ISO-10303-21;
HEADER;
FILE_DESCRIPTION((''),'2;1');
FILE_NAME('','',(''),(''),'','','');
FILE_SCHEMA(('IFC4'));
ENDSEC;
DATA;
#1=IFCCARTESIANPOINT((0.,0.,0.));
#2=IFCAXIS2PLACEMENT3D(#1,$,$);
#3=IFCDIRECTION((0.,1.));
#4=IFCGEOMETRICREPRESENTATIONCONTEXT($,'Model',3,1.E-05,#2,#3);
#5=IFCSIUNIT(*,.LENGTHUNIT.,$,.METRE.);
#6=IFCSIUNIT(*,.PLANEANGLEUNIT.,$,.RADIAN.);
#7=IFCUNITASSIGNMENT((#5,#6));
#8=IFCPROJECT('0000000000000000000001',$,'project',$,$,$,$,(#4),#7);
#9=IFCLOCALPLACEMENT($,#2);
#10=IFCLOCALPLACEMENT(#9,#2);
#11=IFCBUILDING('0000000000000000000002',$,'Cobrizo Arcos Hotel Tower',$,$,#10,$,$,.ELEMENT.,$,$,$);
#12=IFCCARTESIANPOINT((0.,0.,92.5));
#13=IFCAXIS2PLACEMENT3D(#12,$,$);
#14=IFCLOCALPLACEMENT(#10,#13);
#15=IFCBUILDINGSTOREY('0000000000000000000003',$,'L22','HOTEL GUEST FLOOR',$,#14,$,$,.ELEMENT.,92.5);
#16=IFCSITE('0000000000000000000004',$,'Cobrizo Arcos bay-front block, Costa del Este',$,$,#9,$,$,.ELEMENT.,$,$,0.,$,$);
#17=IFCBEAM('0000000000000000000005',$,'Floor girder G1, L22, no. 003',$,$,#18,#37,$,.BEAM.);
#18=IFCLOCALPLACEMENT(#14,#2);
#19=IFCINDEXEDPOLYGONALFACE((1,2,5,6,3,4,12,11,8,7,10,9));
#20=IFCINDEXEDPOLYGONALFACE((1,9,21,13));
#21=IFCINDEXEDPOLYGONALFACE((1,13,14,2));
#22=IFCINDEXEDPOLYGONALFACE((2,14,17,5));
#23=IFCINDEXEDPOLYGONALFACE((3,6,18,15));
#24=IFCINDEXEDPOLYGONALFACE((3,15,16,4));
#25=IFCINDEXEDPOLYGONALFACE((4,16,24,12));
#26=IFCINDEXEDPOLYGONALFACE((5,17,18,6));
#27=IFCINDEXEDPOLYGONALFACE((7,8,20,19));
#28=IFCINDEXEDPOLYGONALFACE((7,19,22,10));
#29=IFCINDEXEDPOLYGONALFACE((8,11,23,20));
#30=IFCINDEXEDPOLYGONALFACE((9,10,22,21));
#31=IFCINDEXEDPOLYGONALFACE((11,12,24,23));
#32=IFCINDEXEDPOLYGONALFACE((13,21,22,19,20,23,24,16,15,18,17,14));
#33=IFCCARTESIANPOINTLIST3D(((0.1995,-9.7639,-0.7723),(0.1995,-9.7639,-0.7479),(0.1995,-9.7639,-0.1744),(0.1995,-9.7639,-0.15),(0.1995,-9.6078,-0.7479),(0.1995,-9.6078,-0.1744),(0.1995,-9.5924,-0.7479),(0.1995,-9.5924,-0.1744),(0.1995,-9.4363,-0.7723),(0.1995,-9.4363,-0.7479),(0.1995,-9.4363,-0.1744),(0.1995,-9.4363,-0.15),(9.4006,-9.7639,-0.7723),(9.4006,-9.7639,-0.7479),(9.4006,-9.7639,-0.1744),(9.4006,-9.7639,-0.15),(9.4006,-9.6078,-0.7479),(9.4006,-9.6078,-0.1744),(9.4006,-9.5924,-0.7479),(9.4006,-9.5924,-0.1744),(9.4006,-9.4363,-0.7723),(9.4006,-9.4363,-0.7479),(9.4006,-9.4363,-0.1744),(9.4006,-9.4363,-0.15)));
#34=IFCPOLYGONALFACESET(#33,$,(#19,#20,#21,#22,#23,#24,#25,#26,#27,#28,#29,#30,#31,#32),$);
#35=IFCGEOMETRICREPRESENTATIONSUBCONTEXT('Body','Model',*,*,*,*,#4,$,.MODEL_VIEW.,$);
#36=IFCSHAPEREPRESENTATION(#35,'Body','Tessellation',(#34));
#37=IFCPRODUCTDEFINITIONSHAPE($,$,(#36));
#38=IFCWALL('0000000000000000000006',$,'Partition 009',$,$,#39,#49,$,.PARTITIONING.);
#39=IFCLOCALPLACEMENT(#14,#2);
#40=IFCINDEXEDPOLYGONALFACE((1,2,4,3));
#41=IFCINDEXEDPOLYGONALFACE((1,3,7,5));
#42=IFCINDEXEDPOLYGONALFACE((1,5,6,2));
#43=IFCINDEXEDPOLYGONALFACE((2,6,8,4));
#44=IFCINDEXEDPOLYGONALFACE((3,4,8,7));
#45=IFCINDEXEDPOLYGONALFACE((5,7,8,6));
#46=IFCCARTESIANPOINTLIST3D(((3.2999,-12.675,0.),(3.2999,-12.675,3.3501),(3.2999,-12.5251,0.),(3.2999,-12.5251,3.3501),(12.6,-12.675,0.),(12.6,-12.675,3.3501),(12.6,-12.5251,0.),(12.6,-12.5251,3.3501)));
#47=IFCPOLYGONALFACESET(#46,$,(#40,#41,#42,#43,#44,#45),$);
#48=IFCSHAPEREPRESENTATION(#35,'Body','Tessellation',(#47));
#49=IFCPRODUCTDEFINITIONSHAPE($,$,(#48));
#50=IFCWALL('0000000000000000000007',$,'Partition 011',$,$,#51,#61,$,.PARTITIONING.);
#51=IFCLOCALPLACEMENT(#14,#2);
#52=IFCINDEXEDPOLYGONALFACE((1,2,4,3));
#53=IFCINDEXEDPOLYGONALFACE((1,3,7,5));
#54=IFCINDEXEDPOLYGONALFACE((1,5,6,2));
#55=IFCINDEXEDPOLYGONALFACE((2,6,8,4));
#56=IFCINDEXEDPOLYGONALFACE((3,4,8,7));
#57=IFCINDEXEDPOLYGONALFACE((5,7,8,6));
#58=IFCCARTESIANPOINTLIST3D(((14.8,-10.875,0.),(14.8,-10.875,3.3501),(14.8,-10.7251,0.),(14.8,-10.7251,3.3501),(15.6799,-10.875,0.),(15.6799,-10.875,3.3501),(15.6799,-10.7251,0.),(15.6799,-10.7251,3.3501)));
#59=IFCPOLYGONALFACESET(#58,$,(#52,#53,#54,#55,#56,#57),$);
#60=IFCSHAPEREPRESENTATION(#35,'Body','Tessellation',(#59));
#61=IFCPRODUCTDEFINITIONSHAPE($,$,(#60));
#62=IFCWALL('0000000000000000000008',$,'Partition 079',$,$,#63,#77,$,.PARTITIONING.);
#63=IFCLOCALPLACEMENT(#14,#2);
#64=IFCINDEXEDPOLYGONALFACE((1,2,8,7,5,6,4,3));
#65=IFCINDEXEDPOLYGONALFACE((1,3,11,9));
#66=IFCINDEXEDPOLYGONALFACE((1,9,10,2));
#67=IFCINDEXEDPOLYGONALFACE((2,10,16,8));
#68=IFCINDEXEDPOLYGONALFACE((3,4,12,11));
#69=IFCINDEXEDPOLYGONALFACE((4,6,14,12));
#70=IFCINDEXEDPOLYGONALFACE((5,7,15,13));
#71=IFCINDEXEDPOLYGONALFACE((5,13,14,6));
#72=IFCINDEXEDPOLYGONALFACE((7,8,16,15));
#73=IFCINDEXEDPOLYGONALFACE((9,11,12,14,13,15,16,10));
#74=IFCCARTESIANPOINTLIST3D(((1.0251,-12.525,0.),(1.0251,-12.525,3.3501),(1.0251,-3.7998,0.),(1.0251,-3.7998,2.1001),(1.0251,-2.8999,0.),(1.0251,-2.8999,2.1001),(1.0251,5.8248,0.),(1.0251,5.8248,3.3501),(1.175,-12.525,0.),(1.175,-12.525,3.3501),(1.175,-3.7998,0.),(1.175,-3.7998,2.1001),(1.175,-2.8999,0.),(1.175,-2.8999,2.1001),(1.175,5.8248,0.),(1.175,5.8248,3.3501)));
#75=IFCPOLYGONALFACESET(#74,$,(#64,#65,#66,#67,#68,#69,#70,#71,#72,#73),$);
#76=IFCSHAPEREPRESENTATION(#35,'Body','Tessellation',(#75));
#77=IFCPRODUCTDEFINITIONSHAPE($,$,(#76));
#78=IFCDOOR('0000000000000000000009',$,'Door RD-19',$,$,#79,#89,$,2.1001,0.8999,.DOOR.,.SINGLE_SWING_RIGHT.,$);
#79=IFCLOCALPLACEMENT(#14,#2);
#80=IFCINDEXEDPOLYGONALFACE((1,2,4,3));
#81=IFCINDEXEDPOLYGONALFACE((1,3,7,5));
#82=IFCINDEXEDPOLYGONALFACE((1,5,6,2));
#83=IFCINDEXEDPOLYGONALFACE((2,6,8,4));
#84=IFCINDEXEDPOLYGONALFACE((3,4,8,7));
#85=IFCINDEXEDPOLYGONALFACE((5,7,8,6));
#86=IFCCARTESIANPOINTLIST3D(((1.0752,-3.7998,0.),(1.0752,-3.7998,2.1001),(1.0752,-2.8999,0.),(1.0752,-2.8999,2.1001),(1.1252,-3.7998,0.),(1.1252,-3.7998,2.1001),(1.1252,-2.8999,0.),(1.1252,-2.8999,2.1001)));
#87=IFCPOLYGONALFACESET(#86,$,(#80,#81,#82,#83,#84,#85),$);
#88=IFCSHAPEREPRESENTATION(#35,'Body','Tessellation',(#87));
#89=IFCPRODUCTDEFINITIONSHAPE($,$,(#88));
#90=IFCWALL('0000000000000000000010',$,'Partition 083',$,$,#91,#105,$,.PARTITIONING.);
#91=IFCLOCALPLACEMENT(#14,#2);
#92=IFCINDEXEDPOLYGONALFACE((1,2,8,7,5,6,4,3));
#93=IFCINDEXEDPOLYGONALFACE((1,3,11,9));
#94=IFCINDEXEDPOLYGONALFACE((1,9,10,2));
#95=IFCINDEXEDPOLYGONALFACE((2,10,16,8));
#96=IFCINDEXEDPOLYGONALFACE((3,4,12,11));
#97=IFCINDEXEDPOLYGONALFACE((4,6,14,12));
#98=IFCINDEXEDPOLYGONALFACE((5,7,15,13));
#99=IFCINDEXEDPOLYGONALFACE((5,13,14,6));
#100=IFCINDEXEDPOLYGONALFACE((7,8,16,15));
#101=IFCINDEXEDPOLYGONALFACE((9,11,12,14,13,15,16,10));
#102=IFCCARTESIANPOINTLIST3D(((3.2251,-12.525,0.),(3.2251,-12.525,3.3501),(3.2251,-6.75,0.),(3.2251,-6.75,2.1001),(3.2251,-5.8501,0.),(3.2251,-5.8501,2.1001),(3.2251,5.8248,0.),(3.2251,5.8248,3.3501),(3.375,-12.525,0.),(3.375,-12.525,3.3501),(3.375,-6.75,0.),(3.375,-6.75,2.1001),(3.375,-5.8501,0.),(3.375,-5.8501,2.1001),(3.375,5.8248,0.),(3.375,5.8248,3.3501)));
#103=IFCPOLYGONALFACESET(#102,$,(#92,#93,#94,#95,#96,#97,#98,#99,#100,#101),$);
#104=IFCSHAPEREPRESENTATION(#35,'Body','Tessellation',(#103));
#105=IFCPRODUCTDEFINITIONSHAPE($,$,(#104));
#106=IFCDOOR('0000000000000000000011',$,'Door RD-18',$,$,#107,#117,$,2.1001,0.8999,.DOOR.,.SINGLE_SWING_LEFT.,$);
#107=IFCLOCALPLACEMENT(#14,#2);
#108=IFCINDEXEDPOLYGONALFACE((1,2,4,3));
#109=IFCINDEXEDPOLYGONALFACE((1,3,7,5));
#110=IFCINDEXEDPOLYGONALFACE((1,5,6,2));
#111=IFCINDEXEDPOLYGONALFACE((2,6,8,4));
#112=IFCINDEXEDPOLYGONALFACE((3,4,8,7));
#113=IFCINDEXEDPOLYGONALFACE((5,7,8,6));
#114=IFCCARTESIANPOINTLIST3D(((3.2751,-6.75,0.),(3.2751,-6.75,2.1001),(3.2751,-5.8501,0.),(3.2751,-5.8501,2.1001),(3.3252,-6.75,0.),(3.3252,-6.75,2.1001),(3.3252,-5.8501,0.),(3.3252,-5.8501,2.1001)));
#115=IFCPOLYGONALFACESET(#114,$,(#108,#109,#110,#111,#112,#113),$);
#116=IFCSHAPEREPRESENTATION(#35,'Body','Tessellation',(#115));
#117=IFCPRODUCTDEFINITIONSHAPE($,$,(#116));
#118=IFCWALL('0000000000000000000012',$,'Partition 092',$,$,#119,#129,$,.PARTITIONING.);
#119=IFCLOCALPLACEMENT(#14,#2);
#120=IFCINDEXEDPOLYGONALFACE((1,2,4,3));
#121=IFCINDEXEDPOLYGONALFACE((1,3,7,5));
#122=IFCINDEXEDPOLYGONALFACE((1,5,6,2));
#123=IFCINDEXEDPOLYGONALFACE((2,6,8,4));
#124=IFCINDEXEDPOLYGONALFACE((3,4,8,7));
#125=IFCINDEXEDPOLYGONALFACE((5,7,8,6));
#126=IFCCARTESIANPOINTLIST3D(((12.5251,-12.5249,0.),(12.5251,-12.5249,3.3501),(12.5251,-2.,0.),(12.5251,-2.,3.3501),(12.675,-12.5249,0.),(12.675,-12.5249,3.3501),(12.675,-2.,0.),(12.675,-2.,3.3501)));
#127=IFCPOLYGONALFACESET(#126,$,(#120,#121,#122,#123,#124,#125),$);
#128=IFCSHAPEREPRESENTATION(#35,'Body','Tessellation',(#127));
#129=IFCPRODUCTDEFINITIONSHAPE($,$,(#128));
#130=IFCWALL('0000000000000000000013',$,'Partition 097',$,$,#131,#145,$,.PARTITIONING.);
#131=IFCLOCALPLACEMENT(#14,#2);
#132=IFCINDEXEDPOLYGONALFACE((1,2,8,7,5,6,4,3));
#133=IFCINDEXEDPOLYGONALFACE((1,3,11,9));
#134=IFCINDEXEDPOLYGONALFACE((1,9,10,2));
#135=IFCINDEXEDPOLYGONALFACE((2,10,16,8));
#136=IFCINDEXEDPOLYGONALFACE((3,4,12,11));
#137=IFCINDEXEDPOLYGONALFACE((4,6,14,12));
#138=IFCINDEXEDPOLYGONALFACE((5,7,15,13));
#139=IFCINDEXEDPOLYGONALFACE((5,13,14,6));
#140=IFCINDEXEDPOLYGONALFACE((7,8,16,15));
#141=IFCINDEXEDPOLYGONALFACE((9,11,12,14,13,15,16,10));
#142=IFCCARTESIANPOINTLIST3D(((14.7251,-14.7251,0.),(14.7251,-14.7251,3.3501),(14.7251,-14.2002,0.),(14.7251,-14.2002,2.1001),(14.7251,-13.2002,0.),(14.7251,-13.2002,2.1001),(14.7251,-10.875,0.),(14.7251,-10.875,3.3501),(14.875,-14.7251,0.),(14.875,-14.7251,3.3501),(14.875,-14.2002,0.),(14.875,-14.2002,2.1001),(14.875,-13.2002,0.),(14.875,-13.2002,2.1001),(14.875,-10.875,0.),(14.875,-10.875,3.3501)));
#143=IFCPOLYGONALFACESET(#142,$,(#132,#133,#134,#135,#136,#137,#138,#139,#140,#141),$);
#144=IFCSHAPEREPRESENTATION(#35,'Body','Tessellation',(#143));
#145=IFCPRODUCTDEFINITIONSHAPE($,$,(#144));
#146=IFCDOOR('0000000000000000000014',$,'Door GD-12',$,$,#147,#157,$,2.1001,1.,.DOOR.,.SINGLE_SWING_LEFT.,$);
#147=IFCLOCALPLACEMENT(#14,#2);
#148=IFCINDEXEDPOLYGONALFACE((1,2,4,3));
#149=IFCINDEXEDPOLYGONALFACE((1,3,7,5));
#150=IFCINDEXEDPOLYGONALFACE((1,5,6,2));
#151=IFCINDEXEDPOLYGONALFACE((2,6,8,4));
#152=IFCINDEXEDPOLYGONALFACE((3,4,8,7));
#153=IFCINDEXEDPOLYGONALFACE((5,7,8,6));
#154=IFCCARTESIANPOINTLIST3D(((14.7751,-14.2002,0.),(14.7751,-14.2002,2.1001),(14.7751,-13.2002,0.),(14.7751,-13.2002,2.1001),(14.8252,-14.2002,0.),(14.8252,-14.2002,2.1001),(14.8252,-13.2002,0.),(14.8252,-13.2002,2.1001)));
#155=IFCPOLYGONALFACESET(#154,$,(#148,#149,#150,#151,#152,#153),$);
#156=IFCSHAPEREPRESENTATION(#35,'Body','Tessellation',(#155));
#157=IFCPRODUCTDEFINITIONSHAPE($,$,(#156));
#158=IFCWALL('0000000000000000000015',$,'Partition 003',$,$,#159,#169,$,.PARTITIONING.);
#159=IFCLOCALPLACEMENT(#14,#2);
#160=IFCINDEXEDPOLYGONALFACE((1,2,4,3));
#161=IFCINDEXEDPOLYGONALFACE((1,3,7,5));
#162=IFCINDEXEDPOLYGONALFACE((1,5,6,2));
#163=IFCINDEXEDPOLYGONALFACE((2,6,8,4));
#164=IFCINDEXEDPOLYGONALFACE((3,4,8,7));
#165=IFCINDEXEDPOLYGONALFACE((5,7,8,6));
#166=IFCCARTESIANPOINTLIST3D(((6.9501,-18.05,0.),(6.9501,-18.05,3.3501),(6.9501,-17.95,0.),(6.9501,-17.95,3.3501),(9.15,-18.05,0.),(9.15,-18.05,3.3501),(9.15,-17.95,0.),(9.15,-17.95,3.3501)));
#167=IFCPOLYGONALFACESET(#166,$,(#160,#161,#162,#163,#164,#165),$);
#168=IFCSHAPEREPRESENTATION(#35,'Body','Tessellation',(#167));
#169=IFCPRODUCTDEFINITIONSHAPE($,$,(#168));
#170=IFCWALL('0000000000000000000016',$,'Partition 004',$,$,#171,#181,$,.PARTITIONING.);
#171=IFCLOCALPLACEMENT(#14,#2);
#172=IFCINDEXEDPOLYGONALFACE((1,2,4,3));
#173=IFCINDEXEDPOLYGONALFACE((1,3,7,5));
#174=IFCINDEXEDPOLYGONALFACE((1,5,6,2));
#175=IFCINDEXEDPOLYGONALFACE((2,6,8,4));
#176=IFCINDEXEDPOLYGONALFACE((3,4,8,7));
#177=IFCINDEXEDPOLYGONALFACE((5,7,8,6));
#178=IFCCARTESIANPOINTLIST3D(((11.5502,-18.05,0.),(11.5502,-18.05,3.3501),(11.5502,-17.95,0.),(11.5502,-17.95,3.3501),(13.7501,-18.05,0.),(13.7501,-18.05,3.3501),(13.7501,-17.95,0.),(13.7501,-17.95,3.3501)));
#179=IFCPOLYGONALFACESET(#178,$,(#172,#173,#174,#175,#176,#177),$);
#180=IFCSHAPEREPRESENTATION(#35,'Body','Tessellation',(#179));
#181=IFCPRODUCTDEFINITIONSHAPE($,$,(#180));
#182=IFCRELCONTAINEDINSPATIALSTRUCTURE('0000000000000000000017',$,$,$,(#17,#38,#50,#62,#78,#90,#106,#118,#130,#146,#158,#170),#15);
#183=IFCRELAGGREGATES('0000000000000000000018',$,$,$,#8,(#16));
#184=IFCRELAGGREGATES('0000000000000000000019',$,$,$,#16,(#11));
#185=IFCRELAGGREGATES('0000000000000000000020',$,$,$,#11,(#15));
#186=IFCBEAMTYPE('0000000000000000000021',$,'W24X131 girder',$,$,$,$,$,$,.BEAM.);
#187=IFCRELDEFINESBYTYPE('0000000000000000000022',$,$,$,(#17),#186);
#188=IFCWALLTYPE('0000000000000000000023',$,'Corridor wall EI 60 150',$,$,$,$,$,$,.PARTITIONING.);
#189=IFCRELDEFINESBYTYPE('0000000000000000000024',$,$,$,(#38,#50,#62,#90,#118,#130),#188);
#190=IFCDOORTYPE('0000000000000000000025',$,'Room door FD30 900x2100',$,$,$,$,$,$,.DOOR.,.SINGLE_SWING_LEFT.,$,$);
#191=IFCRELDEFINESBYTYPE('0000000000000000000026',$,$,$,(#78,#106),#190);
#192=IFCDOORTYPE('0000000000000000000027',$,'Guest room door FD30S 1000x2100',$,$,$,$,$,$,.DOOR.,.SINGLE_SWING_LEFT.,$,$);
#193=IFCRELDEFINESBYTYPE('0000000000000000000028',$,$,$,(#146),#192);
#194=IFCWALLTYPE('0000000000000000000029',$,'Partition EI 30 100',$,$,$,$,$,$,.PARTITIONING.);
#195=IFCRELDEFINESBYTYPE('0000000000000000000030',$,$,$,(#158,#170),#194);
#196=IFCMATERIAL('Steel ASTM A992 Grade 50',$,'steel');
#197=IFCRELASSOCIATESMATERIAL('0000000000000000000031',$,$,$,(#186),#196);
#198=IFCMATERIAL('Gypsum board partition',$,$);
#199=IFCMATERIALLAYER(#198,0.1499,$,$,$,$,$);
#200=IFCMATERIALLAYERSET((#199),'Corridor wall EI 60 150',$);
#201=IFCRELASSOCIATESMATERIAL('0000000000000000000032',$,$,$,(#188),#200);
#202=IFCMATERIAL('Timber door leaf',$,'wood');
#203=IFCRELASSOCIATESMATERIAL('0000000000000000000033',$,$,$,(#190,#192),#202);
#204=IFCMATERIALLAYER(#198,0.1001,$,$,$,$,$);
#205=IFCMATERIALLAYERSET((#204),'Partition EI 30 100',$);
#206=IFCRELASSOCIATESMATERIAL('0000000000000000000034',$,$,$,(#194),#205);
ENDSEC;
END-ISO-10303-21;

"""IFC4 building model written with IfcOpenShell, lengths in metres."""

from ifc_helpers import new_model, si_unit, direction, frame, frame_2d, origin, origin_2d, place, context, subcontext, project, spatial, rectangle, i_section, extrude, material, layer, layer_set, material_profile, profile_set, type_object, element, fill, save


model = new_model("IFC4")

# Units and contexts
model_context = context("Model", 3, precision=1e-05, world=origin(), true_north=direction((0.0, 1.0)))
body_context = subcontext(model_context, "Body", "Model", "MODEL_VIEW")
ifc_project = project(units=[si_unit("LENGTHUNIT", "METRE"), si_unit("PLANEANGLEUNIT", "RADIAN")], contexts=[model_context])

# Site, building, storey
site_placement = place(None, origin())
site = spatial("IfcSite", under=ifc_project, at=site_placement, Name="Cobrizo Arcos bay-front block, Costa del Este", CompositionType="ELEMENT", RefElevation=0.0)
building_placement = place(site_placement, origin())
building = spatial("IfcBuilding", under=site, at=building_placement, Name="Cobrizo Arcos Hotel Tower", CompositionType="ELEMENT")
storey_placement = place(building_placement, frame((0.0, 0.0, 92.5)))
storey = spatial("IfcBuildingStorey", under=building, at=storey_placement, Name="L22", Description="HOTEL GUEST FLOOR", CompositionType="ELEMENT", Elevation=92.5)

# Beam
ifc_material_1 = material(Name="Steel ASTM A992 Grade 50", Category="steel")
ifc_material_profile = material_profile(ifc_material_1, i_section(OverallWidth=0.3276, OverallDepth=0.6223, WebThickness=0.0154, FlangeThickness=0.0244, at=origin_2d()), Name="W24X131")
ifc_profile_set = profile_set([ifc_material_profile], Name="Steel ASTM A992 Grade 50")
beam_type = type_object("IfcBeamType", Name="W24X131 girder", PredefinedType="BEAM", material=ifc_profile_set)
beam_placement = place(storey_placement, frame((0.1995, -9.6001, -0.4612), z_axis=(1.0, 0.0, 0.0), x_axis=(0.0, 1.0, 0.0)))
element("IfcBeam", 1, at=beam_placement, inside=storey, type_object=beam_type, Name="Floor girder G1, L22, no. 003", PredefinedType="BEAM", context=body_context, shape_type="SweptSolid", body=[
    extrude(i_section(OverallWidth=0.3276, OverallDepth=0.6223, WebThickness=0.0154, FlangeThickness=0.0244, at=origin_2d()), origin(), (0.0, 0.0, 1.0), 9.2012),
])

# Walls
ifc_material_2 = material(Name="Gypsum board partition")
ifc_layer_1 = layer(ifc_material_2, 0.1499)
ifc_layer_set_1 = layer_set([ifc_layer_1], Name="Corridor wall EI 60 150")
wall_type_1 = type_object("IfcWallType", Name="Corridor wall EI 60 150", PredefinedType="PARTITIONING", material=ifc_layer_set_1)
wall_1_placement = place(storey_placement, frame((3.3, -12.6001, 0.0), z_axis=(0.0, 0.0, 1.0), x_axis=(1.0, 0.0, 0.0)))
element("IfcWall", 2, at=wall_1_placement, inside=storey, type_object=wall_type_1, Name="Partition 009", PredefinedType="PARTITIONING", context=body_context, shape_type="SweptSolid", body=[
    extrude(rectangle(XDim=9.3, YDim=0.1499, at=frame_2d((4.6499, 0.0))), origin(), (0.0, 0.0, 1.0), 3.3501),
])
wall_2_placement = place(storey_placement, frame((14.8, -10.8, 0.0), z_axis=(0.0, 0.0, 1.0), x_axis=(1.0, 0.0, 0.0)))
element("IfcWall", 3, at=wall_2_placement, inside=storey, type_object=wall_type_1, Name="Partition 011", PredefinedType="PARTITIONING", context=body_context, shape_type="SweptSolid", body=[
    extrude(rectangle(XDim=0.8799, YDim=0.1499, at=frame_2d((0.4399, 0.0))), origin(), (0.0, 0.0, 1.0), 3.3501),
])

# Walls, openings, doors
wall_3_placement = place(storey_placement, frame((1.1001, -12.5249, 0.0), z_axis=(0.0, 0.0, 1.0), x_axis=(0.0, 1.0, 0.0)))
wall_3 = element("IfcWall", 4, at=wall_3_placement, inside=storey, type_object=wall_type_1, Name="Partition 079", PredefinedType="PARTITIONING", context=body_context, shape_type="SweptSolid", body=[
    extrude(rectangle(XDim=18.3499, YDim=0.1499, at=frame_2d((9.1748, 0.0))), origin(), (0.0, 0.0, 1.0), 3.3501),
])
opening_1_placement = place(wall_3_placement, frame((8.7251, 0.0, 0.0)))
opening_1 = element("IfcOpeningElement", 5, at=opening_1_placement, cuts=wall_3, PredefinedType="OPENING", context=body_context, shape_type="SweptSolid", body=[
    extrude(rectangle(XDim=0.8999, YDim=2.1001, at=frame_2d((0.45, 1.05))), frame((0.0, 0.0869, 0.0), z_axis=(0.0, -1.0, 0.0), x_axis=(1.0, 0.0, 0.0)), (0.0, 0.0, 1.0), 0.1738),
])
ifc_material_3 = material(Name="Timber door leaf", Category="wood")
door_type_1 = type_object("IfcDoorType", Name="Room door FD30 900x2100", OperationType="SINGLE_SWING_LEFT", PredefinedType="DOOR", material=ifc_material_3)
door_1_placement = place(opening_1_placement, origin())
door_1 = element("IfcDoor", 6, at=door_1_placement, inside=storey, type_object=door_type_1, Name="Door RD-19", OperationType="SINGLE_SWING_RIGHT", OverallHeight=2.1001, OverallWidth=0.8999, PredefinedType="DOOR", context=body_context, shape_type="SweptSolid", body=[
    extrude(rectangle(XDim=0.8999, YDim=2.1001, at=frame_2d((0.45, 1.05))), frame((0.0, 0.0249, 0.0), z_axis=(0.0, -1.0, 0.0), x_axis=(1.0, 0.0, 0.0)), (0.0, 0.0, 1.0), 0.05),
])
fill(opening_1, door_1)
wall_4_placement = place(storey_placement, frame((3.3, -12.5249, 0.0), z_axis=(0.0, 0.0, 1.0), x_axis=(0.0, 1.0, 0.0)))
wall_4 = element("IfcWall", 7, at=wall_4_placement, inside=storey, type_object=wall_type_1, Name="Partition 083", PredefinedType="PARTITIONING", context=body_context, shape_type="SweptSolid", body=[
    extrude(rectangle(XDim=18.3499, YDim=0.1499, at=frame_2d((9.1748, 0.0))), origin(), (0.0, 0.0, 1.0), 3.3501),
])
opening_2_placement = place(wall_4_placement, frame((5.7749, 0.0, 0.0)))
opening_2 = element("IfcOpeningElement", 8, at=opening_2_placement, cuts=wall_4, PredefinedType="OPENING", context=body_context, shape_type="SweptSolid", body=[
    extrude(rectangle(XDim=0.8999, YDim=2.1001, at=frame_2d((0.45, 1.05))), frame((0.0, 0.0869, 0.0), z_axis=(0.0, -1.0, 0.0), x_axis=(1.0, 0.0, 0.0)), (0.0, 0.0, 1.0), 0.1738),
])
door_2_placement = place(opening_2_placement, origin())
door_2 = element("IfcDoor", 9, at=door_2_placement, inside=storey, type_object=door_type_1, Name="Door RD-18", OperationType="SINGLE_SWING_LEFT", OverallHeight=2.1001, OverallWidth=0.8999, PredefinedType="DOOR", context=body_context, shape_type="SweptSolid", body=[
    extrude(rectangle(XDim=0.8999, YDim=2.1001, at=frame_2d((0.45, 1.05))), frame((0.0, 0.0249, 0.0), z_axis=(0.0, -1.0, 0.0), x_axis=(1.0, 0.0, 0.0)), (0.0, 0.0, 1.0), 0.05),
])
fill(opening_2, door_2)

# Wall
wall_5_placement = place(storey_placement, frame((12.6001, -12.5249, 0.0), z_axis=(0.0, 0.0, 1.0), x_axis=(0.0, 1.0, 0.0)))
element("IfcWall", 10, at=wall_5_placement, inside=storey, type_object=wall_type_1, Name="Partition 092", PredefinedType="PARTITIONING", context=body_context, shape_type="SweptSolid", body=[
    extrude(rectangle(XDim=10.5249, YDim=0.1499, at=frame_2d((5.2625, 0.0))), origin(), (0.0, 0.0, 1.0), 3.3501),
])

# Wall, opening, door
wall_6_placement = place(storey_placement, frame((14.8, -14.7251, 0.0), z_axis=(0.0, 0.0, 1.0), x_axis=(0.0, 1.0, 0.0)))
wall_6 = element("IfcWall", 11, at=wall_6_placement, inside=storey, type_object=wall_type_1, Name="Partition 097", PredefinedType="PARTITIONING", context=body_context, shape_type="SweptSolid", body=[
    extrude(rectangle(XDim=3.8501, YDim=0.1499, at=frame_2d((1.925, 0.0))), origin(), (0.0, 0.0, 1.0), 3.3501),
])
opening_3_placement = place(wall_6_placement, frame((0.5249, 0.0, 0.0)))
opening_3 = element("IfcOpeningElement", 12, at=opening_3_placement, cuts=wall_6, PredefinedType="OPENING", context=body_context, shape_type="SweptSolid", body=[
    extrude(rectangle(XDim=1.0, YDim=2.1001, at=frame_2d((0.5, 1.05))), frame((0.0, 0.0869, 0.0), z_axis=(0.0, -1.0, 0.0), x_axis=(1.0, 0.0, 0.0)), (0.0, 0.0, 1.0), 0.1738),
])
door_type_2 = type_object("IfcDoorType", Name="Guest room door FD30S 1000x2100", OperationType="SINGLE_SWING_LEFT", PredefinedType="DOOR", material=ifc_material_3)
door_3_placement = place(opening_3_placement, origin())
door_3 = element("IfcDoor", 13, at=door_3_placement, inside=storey, type_object=door_type_2, Name="Door GD-12", OperationType="SINGLE_SWING_LEFT", OverallHeight=2.1001, OverallWidth=1.0, PredefinedType="DOOR", context=body_context, shape_type="SweptSolid", body=[
    extrude(rectangle(XDim=1.0, YDim=2.1001, at=frame_2d((0.5, 1.05))), frame((0.0, 0.0249, 0.0), z_axis=(0.0, -1.0, 0.0), x_axis=(1.0, 0.0, 0.0)), (0.0, 0.0, 1.0), 0.05),
])
fill(opening_3, door_3)

# Walls
ifc_layer_2 = layer(ifc_material_2, 0.1001)
ifc_layer_set_2 = layer_set([ifc_layer_2], Name="Partition EI 30 100")
wall_type_2 = type_object("IfcWallType", Name="Partition EI 30 100", PredefinedType="PARTITIONING", material=ifc_layer_set_2)
for number, where, z_axis, x_axis, name in (
    (14, (6.95, -18.0, 0.0), (0.0, 0.0, 1.0), (1.0, 0.0, 0.0), "Partition 003"),
    (15, (11.55, -18.0, 0.0), (0.0, 0.0, 1.0), (1.0, 0.0, 0.0), "Partition 004"),
):
    element("IfcWall", number, at=place(storey_placement, frame(where, z_axis=z_axis, x_axis=x_axis)), inside=storey, type_object=wall_type_2, Name=name, PredefinedType="PARTITIONING", context=body_context, shape_type="SweptSolid", body=[
        extrude(rectangle(XDim=2.2, YDim=0.1001, at=frame_2d((1.1001, 0.0))), origin(), (0.0, 0.0, 1.0), 3.3501),
    ])

save(model, "model.ifc")
